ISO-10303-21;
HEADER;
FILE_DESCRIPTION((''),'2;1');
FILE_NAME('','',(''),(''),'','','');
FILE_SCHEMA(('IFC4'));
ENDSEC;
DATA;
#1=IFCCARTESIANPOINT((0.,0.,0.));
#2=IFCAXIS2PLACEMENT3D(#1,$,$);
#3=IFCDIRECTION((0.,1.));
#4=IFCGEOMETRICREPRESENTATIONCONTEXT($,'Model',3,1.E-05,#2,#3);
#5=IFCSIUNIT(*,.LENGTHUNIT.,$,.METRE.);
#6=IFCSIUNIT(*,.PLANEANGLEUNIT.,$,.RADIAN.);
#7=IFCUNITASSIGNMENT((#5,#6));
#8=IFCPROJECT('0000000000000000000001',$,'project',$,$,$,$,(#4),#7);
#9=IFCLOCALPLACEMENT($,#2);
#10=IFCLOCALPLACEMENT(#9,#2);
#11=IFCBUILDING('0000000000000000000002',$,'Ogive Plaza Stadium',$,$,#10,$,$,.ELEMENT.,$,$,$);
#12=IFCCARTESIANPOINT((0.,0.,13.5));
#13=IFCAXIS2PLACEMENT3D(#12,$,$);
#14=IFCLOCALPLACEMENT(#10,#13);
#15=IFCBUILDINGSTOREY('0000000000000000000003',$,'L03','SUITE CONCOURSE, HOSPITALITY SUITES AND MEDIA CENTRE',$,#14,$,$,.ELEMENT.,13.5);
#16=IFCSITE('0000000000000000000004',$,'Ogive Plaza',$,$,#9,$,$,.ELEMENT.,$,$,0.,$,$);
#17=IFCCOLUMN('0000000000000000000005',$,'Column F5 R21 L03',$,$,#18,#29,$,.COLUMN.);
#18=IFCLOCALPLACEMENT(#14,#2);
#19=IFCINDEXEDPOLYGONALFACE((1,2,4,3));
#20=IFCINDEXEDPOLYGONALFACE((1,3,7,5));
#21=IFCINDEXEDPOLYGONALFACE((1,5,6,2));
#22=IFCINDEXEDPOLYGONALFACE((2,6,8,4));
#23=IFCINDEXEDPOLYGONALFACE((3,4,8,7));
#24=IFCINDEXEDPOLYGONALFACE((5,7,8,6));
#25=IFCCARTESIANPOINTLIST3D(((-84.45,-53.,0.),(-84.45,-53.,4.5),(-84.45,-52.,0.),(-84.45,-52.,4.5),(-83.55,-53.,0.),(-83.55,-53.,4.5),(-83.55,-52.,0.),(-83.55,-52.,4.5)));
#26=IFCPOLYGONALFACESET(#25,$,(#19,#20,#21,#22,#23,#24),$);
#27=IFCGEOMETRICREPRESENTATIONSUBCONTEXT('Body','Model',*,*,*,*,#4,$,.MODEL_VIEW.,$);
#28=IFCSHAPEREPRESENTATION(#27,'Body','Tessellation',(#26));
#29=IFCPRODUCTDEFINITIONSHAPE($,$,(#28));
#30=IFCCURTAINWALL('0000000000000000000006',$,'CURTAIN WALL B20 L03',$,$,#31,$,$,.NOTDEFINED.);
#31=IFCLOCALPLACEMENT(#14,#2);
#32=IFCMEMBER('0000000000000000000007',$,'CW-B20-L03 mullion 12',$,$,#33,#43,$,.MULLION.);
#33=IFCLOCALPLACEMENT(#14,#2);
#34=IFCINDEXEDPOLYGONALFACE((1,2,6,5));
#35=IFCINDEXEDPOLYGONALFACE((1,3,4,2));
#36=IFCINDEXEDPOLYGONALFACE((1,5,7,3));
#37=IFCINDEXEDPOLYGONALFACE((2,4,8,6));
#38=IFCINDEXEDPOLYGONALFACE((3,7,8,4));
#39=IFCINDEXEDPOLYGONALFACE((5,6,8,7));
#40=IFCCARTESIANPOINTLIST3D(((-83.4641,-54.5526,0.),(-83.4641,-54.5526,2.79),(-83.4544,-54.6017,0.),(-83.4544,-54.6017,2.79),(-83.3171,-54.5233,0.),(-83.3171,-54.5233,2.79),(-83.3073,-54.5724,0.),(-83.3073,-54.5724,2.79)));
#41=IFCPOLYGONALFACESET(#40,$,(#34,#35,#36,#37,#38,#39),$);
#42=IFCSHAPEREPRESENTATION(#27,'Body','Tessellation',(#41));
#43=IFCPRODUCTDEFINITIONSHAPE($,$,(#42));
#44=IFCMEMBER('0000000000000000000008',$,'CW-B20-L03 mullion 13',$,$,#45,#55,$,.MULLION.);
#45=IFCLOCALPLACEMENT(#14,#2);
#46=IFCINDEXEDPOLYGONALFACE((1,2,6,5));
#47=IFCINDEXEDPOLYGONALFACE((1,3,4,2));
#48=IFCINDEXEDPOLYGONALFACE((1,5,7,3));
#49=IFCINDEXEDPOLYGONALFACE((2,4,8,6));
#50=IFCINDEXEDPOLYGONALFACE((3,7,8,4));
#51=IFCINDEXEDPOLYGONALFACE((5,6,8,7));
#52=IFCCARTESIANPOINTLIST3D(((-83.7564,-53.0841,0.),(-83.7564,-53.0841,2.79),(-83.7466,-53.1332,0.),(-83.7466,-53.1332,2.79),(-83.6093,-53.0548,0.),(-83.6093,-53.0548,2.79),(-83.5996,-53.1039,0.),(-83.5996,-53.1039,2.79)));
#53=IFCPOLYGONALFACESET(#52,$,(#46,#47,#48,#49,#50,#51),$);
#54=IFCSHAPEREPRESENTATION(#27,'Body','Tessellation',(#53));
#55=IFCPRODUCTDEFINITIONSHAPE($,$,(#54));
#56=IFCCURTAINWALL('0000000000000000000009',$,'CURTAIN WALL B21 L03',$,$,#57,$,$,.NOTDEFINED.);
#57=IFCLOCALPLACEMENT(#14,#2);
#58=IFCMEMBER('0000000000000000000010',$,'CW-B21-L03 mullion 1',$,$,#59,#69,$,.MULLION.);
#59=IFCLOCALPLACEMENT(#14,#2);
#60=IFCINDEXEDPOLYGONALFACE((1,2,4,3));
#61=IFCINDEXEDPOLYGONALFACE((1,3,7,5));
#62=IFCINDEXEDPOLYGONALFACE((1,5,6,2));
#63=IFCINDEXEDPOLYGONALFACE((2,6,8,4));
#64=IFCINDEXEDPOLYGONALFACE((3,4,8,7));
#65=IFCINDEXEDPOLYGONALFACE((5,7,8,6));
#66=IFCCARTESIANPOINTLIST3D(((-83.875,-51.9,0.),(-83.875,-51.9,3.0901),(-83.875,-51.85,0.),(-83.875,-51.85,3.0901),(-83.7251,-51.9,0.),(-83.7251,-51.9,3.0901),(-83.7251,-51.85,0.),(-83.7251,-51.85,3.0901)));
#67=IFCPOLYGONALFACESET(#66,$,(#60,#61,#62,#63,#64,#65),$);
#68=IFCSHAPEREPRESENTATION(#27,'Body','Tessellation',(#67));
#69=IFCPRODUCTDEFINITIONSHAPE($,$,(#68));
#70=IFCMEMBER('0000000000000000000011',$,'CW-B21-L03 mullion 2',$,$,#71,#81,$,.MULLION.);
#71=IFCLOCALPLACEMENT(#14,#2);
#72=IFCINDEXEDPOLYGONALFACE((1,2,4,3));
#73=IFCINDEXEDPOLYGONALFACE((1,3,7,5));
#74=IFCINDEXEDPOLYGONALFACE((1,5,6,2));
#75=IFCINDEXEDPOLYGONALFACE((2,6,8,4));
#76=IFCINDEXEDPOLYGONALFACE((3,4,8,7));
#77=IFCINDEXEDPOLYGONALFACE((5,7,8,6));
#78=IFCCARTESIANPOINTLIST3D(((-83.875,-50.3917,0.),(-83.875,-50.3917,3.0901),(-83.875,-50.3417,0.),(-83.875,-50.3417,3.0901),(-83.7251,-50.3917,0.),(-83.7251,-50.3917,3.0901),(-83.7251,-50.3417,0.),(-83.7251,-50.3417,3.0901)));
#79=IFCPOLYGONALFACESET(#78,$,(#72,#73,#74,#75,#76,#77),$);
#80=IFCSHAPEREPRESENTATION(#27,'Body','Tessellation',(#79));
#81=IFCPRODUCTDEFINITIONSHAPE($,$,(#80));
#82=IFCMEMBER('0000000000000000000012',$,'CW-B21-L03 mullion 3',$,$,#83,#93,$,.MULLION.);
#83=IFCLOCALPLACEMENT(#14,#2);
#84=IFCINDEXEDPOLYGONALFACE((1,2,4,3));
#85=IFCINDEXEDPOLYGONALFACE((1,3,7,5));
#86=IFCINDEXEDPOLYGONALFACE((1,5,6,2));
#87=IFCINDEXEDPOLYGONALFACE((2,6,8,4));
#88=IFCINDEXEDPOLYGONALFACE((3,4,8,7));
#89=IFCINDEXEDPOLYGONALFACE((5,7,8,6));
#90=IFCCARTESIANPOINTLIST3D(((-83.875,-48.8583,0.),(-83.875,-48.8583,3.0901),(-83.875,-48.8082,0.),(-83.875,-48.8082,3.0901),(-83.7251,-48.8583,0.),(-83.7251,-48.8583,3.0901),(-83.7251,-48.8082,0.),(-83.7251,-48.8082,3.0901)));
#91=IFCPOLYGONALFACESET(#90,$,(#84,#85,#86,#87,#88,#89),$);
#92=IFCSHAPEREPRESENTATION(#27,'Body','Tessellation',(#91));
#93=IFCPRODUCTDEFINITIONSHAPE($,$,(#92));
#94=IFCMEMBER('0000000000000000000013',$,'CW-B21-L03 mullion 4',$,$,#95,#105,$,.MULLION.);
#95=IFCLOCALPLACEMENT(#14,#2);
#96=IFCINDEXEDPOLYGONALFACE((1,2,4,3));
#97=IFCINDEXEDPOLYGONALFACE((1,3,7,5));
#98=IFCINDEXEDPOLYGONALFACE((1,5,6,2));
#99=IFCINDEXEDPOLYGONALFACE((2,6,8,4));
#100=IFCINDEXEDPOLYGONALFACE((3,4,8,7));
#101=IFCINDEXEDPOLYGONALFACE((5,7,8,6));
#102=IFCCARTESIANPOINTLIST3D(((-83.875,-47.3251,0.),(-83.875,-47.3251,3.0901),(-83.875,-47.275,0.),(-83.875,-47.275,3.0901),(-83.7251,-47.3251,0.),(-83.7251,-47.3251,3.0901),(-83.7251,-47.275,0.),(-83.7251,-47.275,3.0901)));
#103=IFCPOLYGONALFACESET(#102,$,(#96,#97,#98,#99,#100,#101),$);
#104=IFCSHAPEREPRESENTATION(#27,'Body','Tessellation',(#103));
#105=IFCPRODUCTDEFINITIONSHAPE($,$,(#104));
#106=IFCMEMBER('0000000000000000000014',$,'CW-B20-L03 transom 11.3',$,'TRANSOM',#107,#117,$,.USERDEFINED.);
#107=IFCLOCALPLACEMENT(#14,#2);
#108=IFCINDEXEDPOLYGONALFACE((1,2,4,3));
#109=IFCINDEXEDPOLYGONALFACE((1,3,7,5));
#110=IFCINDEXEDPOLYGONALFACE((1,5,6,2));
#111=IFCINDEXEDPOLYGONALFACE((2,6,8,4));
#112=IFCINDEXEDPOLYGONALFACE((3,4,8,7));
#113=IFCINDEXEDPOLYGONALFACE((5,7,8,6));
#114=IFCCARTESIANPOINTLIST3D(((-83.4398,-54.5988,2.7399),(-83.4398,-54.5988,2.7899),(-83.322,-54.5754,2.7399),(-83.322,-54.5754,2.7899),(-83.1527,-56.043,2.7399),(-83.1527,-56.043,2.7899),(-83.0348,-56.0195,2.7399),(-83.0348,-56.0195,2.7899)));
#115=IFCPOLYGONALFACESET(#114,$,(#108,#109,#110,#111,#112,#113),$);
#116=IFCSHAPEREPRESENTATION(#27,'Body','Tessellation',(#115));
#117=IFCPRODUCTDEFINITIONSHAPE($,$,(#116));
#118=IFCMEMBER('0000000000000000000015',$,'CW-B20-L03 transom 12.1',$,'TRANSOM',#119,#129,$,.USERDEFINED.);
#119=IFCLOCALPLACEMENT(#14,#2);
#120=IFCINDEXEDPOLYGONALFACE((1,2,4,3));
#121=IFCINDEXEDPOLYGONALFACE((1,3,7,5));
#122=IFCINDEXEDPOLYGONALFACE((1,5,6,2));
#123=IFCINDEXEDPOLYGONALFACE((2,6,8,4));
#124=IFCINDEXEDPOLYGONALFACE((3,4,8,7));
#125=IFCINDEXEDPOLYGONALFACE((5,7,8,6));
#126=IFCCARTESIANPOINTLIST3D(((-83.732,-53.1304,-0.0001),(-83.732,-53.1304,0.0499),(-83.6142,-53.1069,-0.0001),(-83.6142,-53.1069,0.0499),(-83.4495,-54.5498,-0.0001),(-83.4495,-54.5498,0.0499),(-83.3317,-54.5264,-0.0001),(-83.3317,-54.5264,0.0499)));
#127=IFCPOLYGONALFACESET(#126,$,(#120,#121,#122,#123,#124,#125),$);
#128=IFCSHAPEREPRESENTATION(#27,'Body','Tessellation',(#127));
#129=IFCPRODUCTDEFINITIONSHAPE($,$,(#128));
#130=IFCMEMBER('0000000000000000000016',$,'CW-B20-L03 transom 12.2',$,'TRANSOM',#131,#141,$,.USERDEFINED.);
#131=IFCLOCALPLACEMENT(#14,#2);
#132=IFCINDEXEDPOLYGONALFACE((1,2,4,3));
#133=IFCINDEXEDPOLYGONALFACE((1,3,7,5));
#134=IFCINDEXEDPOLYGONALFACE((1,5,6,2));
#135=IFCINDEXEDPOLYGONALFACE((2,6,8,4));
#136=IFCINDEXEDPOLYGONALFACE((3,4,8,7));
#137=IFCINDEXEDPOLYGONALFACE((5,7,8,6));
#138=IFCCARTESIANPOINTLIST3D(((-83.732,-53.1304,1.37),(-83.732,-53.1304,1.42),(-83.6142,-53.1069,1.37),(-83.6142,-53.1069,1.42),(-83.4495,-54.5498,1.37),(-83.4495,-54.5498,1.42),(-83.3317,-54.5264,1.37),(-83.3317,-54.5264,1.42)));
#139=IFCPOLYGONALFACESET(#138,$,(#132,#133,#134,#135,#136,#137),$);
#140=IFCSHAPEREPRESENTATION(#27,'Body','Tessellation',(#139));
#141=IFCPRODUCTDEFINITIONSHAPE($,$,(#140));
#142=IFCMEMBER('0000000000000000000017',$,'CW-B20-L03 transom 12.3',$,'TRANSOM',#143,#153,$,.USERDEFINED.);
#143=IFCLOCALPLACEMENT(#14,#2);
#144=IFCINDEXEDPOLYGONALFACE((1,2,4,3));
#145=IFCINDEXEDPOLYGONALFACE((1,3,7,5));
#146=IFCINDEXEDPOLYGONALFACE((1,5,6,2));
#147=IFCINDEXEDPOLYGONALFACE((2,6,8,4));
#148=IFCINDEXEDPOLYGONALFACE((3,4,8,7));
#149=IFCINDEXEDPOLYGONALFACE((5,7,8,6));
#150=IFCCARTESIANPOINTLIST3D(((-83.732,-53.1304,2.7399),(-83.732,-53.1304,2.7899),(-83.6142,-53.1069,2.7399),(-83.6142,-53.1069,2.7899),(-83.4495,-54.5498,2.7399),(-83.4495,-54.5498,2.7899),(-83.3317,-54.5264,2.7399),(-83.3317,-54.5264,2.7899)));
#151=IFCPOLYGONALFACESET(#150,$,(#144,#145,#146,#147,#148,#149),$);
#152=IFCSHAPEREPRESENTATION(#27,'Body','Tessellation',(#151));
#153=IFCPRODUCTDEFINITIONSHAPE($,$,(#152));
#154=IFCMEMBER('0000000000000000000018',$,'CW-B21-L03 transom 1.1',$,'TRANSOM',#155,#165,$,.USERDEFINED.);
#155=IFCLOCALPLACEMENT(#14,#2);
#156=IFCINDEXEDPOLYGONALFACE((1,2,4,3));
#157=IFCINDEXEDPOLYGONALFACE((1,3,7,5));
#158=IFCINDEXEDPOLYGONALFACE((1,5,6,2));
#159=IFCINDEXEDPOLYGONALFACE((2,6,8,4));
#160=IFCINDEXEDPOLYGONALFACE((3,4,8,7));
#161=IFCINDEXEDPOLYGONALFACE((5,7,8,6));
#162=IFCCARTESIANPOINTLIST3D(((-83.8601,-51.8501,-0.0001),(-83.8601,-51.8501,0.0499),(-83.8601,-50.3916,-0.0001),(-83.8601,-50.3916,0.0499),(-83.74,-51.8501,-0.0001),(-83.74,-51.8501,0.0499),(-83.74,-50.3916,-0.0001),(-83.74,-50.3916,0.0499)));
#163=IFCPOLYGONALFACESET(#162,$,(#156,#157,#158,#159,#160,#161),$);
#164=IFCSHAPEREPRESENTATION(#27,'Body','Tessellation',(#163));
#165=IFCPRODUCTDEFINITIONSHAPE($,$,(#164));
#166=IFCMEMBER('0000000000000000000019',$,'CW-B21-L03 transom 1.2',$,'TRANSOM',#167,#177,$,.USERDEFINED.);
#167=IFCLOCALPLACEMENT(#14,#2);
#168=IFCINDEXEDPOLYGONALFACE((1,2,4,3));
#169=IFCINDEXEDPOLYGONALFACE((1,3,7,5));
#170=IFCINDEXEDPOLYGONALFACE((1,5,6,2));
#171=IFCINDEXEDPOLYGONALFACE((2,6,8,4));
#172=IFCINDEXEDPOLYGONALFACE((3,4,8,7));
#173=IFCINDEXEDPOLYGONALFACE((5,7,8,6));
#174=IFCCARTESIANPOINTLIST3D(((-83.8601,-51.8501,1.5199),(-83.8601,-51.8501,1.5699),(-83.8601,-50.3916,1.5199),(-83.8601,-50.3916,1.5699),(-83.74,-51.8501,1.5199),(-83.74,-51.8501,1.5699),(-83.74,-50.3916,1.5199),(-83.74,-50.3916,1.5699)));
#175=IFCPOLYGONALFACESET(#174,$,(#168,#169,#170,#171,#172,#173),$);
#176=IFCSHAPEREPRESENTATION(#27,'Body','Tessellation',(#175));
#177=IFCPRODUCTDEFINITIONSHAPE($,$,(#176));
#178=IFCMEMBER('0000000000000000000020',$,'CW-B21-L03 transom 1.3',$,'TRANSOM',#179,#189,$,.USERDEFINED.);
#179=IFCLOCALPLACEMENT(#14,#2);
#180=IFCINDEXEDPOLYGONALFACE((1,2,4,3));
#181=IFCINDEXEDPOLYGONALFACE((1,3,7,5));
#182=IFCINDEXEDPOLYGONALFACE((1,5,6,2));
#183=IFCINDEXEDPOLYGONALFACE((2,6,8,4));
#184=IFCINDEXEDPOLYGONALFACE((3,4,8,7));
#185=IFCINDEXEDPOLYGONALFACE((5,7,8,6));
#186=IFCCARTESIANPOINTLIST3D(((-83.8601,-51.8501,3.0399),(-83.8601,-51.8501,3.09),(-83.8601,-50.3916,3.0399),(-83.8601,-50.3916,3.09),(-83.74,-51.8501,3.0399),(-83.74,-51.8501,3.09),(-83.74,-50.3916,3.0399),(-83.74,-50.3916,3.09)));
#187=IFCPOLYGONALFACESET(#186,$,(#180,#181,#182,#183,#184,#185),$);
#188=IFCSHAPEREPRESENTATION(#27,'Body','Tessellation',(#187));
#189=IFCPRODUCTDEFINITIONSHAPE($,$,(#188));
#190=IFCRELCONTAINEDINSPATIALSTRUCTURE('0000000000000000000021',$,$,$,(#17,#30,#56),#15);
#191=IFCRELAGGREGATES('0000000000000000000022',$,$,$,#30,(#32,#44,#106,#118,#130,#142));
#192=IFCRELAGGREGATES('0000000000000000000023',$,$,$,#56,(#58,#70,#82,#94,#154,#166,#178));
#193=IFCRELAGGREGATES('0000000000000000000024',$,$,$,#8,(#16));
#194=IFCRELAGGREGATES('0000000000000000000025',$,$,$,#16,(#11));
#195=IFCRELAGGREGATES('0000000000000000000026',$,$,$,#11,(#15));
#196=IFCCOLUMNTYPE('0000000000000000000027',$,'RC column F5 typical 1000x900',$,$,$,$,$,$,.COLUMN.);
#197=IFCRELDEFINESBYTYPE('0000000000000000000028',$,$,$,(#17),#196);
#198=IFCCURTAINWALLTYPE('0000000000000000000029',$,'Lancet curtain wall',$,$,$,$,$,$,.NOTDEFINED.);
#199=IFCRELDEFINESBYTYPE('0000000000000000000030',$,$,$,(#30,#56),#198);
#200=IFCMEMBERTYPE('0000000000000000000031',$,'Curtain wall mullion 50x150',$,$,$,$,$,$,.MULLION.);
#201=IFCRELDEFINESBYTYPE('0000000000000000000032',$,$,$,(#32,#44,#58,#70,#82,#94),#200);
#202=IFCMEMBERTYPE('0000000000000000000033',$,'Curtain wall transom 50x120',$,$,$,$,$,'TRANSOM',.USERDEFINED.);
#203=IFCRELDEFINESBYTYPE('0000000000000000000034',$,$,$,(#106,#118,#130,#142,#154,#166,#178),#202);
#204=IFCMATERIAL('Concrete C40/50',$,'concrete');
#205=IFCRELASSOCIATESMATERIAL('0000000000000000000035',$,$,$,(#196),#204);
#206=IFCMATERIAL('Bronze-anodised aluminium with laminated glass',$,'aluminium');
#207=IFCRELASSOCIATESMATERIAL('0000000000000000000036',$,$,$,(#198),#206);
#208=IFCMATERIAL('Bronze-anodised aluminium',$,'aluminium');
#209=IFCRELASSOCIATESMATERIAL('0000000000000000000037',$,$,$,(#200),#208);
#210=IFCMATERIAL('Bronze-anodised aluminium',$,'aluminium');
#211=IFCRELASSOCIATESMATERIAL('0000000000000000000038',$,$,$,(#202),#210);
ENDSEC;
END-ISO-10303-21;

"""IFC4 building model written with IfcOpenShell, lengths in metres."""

from ifc_helpers import new_model, si_unit, direction, frame, origin, origin_2d, place, context, subcontext, project, spatial, rectangle, extrude, material, material_profile, profile_set, type_object, element, aggregate, save


model = new_model("IFC4")

# Units and contexts
model_context = context("Model", 3, precision=1e-05, world=origin(), true_north=direction((0.0, 1.0)))
body_context = subcontext(model_context, "Body", "Model", "MODEL_VIEW")
ifc_project = project(units=[si_unit("LENGTHUNIT", "METRE"), si_unit("PLANEANGLEUNIT", "RADIAN")], contexts=[model_context])

# Site, building, storey
site_placement = place(None, origin())
site = spatial("IfcSite", under=ifc_project, at=site_placement, Name="Ogive Plaza", CompositionType="ELEMENT", RefElevation=0.0)
building_placement = place(site_placement, origin())
building = spatial("IfcBuilding", under=site, at=building_placement, Name="Ogive Plaza Stadium", CompositionType="ELEMENT")
storey_placement = place(building_placement, frame((0.0, 0.0, 13.5)))
storey = spatial("IfcBuildingStorey", under=building, at=storey_placement, Name="L03", Description="SUITE CONCOURSE, HOSPITALITY SUITES AND MEDIA CENTRE", CompositionType="ELEMENT", Elevation=13.5)

# Column
ifc_material_1 = material(Name="Concrete C40/50", Category="concrete")
ifc_material_profile_1 = material_profile(ifc_material_1, rectangle(XDim=1.0, YDim=0.8999, at=origin_2d()), Name="RC 1000x900")
ifc_profile_set_1 = profile_set([ifc_material_profile_1], Name="Concrete C40/50")
column_type = type_object("IfcColumnType", Name="RC column F5 typical 1000x900", PredefinedType="COLUMN", material=ifc_profile_set_1)
column_placement = place(storey_placement, frame((-84.0, -52.5, 0.0), z_axis=(0.0, 0.0, 1.0), x_axis=(0.0, -1.0, 0.0)))
element("IfcColumn", 1, at=column_placement, inside=storey, type_object=column_type, Name="Column F5 R21 L03", PredefinedType="COLUMN", context=body_context, shape_type="SweptSolid", body=[
    extrude(rectangle(XDim=1.0, YDim=0.8999, at=origin_2d()), origin(), (0.0, 0.0, 1.0), 4.5),
])

# Curtain walls, members
ifc_material_2 = material(Name="Bronze-anodised aluminium with laminated glass", Category="aluminium")
curtain_wall_type = type_object("IfcCurtainWallType", Name="Lancet curtain wall", PredefinedType="NOTDEFINED", material=ifc_material_2)
curtain_wall_1_placement = place(storey_placement, origin())
curtain_wall_1 = element("IfcCurtainWall", 2, at=curtain_wall_1_placement, inside=storey, type_object=curtain_wall_type, Name="CURTAIN WALL B20 L03", PredefinedType="NOTDEFINED")
ifc_material_3 = material(Name="Bronze-anodised aluminium", Category="aluminium")
ifc_material_profile_2 = material_profile(ifc_material_3, rectangle(XDim=0.1499, YDim=0.05, at=origin_2d()), Name="AL 150x50")
ifc_profile_set_2 = profile_set([ifc_material_profile_2], Name="Bronze-anodised aluminium")
member_type_1 = type_object("IfcMemberType", Name="Curtain wall mullion 50x150", PredefinedType="MULLION", material=ifc_profile_set_2)
member_1_placement = place(storey_placement, frame((-83.3857, -54.5625, 0.0), z_axis=(0.0, 0.0, 1.0), x_axis=(-0.980785, -0.19509, 0.0)))
member_1 = element("IfcMember", 3, at=member_1_placement, type_object=member_type_1, Name="CW-B20-L03 mullion 12", PredefinedType="MULLION", context=body_context, shape_type="SweptSolid", body=[
    extrude(rectangle(XDim=0.1499, YDim=0.05, at=origin_2d()), origin(), (0.0, 0.0, 1.0), 2.79),
])
member_2_placement = place(storey_placement, frame((-83.678, -53.094, 0.0), z_axis=(0.0, 0.0, 1.0), x_axis=(-0.980785, -0.19509, 0.0)))
member_2 = element("IfcMember", 4, at=member_2_placement, type_object=member_type_1, Name="CW-B20-L03 mullion 13", PredefinedType="MULLION", context=body_context, shape_type="SweptSolid", body=[
    extrude(rectangle(XDim=0.1499, YDim=0.05, at=origin_2d()), origin(), (0.0, 0.0, 1.0), 2.79),
])
curtain_wall_2_placement = place(storey_placement, origin())
curtain_wall_2 = element("IfcCurtainWall", 5, at=curtain_wall_2_placement, inside=storey, type_object=curtain_wall_type, Name="CURTAIN WALL B21 L03", PredefinedType="NOTDEFINED")
member_3_placement = place(storey_placement, frame((-83.8, -51.875, 0.0), z_axis=(0.0, 0.0, 1.0), x_axis=(-1.0, 0.0, 0.0)))
member_3 = element("IfcMember", 6, at=member_3_placement, type_object=member_type_1, Name="CW-B21-L03 mullion 1", PredefinedType="MULLION", context=body_context, shape_type="SweptSolid", body=[
    extrude(rectangle(XDim=0.1499, YDim=0.05, at=origin_2d()), origin(), (0.0, 0.0, 1.0), 3.0901),
])
member_4_placement = place(storey_placement, frame((-83.8, -50.3667, 0.0), z_axis=(0.0, 0.0, 1.0), x_axis=(-1.0, 0.0, 0.0)))
member_4 = element("IfcMember", 7, at=member_4_placement, type_object=member_type_1, Name="CW-B21-L03 mullion 2", PredefinedType="MULLION", context=body_context, shape_type="SweptSolid", body=[
    extrude(rectangle(XDim=0.1499, YDim=0.05, at=origin_2d()), origin(), (0.0, 0.0, 1.0), 3.0901),
])
member_5_placement = place(storey_placement, frame((-83.8, -48.8333, 0.0), z_axis=(0.0, 0.0, 1.0), x_axis=(-1.0, 0.0, 0.0)))
member_5 = element("IfcMember", 8, at=member_5_placement, type_object=member_type_1, Name="CW-B21-L03 mullion 3", PredefinedType="MULLION", context=body_context, shape_type="SweptSolid", body=[
    extrude(rectangle(XDim=0.1499, YDim=0.05, at=origin_2d()), origin(), (0.0, 0.0, 1.0), 3.0901),
])
member_6_placement = place(storey_placement, frame((-83.8, -47.3, 0.0), z_axis=(0.0, 0.0, 1.0), x_axis=(-1.0, 0.0, 0.0)))
member_6 = element("IfcMember", 9, at=member_6_placement, type_object=member_type_1, Name="CW-B21-L03 mullion 4", PredefinedType="MULLION", context=body_context, shape_type="SweptSolid", body=[
    extrude(rectangle(XDim=0.1499, YDim=0.05, at=origin_2d()), origin(), (0.0, 0.0, 1.0), 3.0901),
])

# Members
ifc_material_4 = material(Name="Bronze-anodised aluminium", Category="aluminium")
ifc_material_profile_3 = material_profile(ifc_material_4, rectangle(XDim=0.1201, YDim=0.05, at=origin_2d()), Name="AL 120x50")
ifc_profile_set_3 = profile_set([ifc_material_profile_3], Name="Bronze-anodised aluminium")
member_type_2 = type_object("IfcMemberType", Name="Curtain wall transom 50x120", ElementType="TRANSOM", PredefinedType="USERDEFINED", material=ifc_profile_set_3)
member_7_placement = place(storey_placement, frame((-83.0938, -56.0312, 2.7649), z_axis=(-0.195, 0.980803, 0.0), x_axis=(-0.980803, -0.195, 0.0)))
member_7 = element("IfcMember", 10, at=member_7_placement, type_object=member_type_2, Name="CW-B20-L03 transom 11.3", ObjectType="TRANSOM", PredefinedType="USERDEFINED", context=body_context, shape_type="SweptSolid", body=[
    extrude(rectangle(XDim=0.1201, YDim=0.05, at=origin_2d()), origin(), (0.0, 0.0, 1.0), 1.4724),
])
member_8_placement = place(storey_placement, frame((-83.3906, -54.5381, 0.0249), z_axis=(-0.195175, 0.980768, 0.0), x_axis=(-0.980768, -0.195175, 0.0)))
member_8 = element("IfcMember", 11, at=member_8_placement, type_object=member_type_2, Name="CW-B20-L03 transom 12.1", ObjectType="TRANSOM", PredefinedType="USERDEFINED", context=body_context, shape_type="SweptSolid", body=[
    extrude(rectangle(XDim=0.1201, YDim=0.05, at=origin_2d()), origin(), (0.0, 0.0, 1.0), 1.4473),
])
member_9_placement = place(storey_placement, frame((-83.3906, -54.5381, 1.395), z_axis=(-0.195175, 0.980768, 0.0), x_axis=(-0.980768, -0.195175, 0.0)))
member_9 = element("IfcMember", 12, at=member_9_placement, type_object=member_type_2, Name="CW-B20-L03 transom 12.2", ObjectType="TRANSOM", PredefinedType="USERDEFINED", context=body_context, shape_type="SweptSolid", body=[
    extrude(rectangle(XDim=0.1201, YDim=0.05, at=origin_2d()), origin(), (0.0, 0.0, 1.0), 1.4473),
])
member_10_placement = place(storey_placement, frame((-83.3906, -54.5381, 2.7649), z_axis=(-0.195175, 0.980768, 0.0), x_axis=(-0.980768, -0.195175, 0.0)))
member_10 = element("IfcMember", 13, at=member_10_placement, type_object=member_type_2, Name="CW-B20-L03 transom 12.3", ObjectType="TRANSOM", PredefinedType="USERDEFINED", context=body_context, shape_type="SweptSolid", body=[
    extrude(rectangle(XDim=0.1201, YDim=0.05, at=origin_2d()), origin(), (0.0, 0.0, 1.0), 1.4473),
])
member_11_placement = place(storey_placement, frame((-83.8, -51.8501, 0.0249), z_axis=(0.0, 1.0, 0.0), x_axis=(-1.0, 0.0, 0.0)))
member_11 = element("IfcMember", 14, at=member_11_placement, type_object=member_type_2, Name="CW-B21-L03 transom 1.1", ObjectType="TRANSOM", PredefinedType="USERDEFINED", context=body_context, shape_type="SweptSolid", body=[
    extrude(rectangle(XDim=0.1201, YDim=0.05, at=origin_2d()), origin(), (0.0, 0.0, 1.0), 1.4585),
])
member_12_placement = place(storey_placement, frame((-83.8, -51.8501, 1.5449), z_axis=(0.0, 1.0, 0.0), x_axis=(-1.0, 0.0, 0.0)))
member_12 = element("IfcMember", 15, at=member_12_placement, type_object=member_type_2, Name="CW-B21-L03 transom 1.2", ObjectType="TRANSOM", PredefinedType="USERDEFINED", context=body_context, shape_type="SweptSolid", body=[
    extrude(rectangle(XDim=0.1201, YDim=0.05, at=origin_2d()), origin(), (0.0, 0.0, 1.0), 1.4585),
])
member_13_placement = place(storey_placement, frame((-83.8, -51.8501, 3.0649), z_axis=(0.0, 1.0, 0.0), x_axis=(-1.0, 0.0, 0.0)))
member_13 = element("IfcMember", 16, at=member_13_placement, type_object=member_type_2, Name="CW-B21-L03 transom 1.3", ObjectType="TRANSOM", PredefinedType="USERDEFINED", context=body_context, shape_type="SweptSolid", body=[
    extrude(rectangle(XDim=0.1201, YDim=0.05, at=origin_2d()), origin(), (0.0, 0.0, 1.0), 1.4585),
])

aggregate(curtain_wall_1, [member_1, member_2, member_7, member_8, member_9, member_10])
aggregate(curtain_wall_2, [member_3, member_4, member_5, member_6, member_11, member_12, member_13])

save(model, "model.ifc")
